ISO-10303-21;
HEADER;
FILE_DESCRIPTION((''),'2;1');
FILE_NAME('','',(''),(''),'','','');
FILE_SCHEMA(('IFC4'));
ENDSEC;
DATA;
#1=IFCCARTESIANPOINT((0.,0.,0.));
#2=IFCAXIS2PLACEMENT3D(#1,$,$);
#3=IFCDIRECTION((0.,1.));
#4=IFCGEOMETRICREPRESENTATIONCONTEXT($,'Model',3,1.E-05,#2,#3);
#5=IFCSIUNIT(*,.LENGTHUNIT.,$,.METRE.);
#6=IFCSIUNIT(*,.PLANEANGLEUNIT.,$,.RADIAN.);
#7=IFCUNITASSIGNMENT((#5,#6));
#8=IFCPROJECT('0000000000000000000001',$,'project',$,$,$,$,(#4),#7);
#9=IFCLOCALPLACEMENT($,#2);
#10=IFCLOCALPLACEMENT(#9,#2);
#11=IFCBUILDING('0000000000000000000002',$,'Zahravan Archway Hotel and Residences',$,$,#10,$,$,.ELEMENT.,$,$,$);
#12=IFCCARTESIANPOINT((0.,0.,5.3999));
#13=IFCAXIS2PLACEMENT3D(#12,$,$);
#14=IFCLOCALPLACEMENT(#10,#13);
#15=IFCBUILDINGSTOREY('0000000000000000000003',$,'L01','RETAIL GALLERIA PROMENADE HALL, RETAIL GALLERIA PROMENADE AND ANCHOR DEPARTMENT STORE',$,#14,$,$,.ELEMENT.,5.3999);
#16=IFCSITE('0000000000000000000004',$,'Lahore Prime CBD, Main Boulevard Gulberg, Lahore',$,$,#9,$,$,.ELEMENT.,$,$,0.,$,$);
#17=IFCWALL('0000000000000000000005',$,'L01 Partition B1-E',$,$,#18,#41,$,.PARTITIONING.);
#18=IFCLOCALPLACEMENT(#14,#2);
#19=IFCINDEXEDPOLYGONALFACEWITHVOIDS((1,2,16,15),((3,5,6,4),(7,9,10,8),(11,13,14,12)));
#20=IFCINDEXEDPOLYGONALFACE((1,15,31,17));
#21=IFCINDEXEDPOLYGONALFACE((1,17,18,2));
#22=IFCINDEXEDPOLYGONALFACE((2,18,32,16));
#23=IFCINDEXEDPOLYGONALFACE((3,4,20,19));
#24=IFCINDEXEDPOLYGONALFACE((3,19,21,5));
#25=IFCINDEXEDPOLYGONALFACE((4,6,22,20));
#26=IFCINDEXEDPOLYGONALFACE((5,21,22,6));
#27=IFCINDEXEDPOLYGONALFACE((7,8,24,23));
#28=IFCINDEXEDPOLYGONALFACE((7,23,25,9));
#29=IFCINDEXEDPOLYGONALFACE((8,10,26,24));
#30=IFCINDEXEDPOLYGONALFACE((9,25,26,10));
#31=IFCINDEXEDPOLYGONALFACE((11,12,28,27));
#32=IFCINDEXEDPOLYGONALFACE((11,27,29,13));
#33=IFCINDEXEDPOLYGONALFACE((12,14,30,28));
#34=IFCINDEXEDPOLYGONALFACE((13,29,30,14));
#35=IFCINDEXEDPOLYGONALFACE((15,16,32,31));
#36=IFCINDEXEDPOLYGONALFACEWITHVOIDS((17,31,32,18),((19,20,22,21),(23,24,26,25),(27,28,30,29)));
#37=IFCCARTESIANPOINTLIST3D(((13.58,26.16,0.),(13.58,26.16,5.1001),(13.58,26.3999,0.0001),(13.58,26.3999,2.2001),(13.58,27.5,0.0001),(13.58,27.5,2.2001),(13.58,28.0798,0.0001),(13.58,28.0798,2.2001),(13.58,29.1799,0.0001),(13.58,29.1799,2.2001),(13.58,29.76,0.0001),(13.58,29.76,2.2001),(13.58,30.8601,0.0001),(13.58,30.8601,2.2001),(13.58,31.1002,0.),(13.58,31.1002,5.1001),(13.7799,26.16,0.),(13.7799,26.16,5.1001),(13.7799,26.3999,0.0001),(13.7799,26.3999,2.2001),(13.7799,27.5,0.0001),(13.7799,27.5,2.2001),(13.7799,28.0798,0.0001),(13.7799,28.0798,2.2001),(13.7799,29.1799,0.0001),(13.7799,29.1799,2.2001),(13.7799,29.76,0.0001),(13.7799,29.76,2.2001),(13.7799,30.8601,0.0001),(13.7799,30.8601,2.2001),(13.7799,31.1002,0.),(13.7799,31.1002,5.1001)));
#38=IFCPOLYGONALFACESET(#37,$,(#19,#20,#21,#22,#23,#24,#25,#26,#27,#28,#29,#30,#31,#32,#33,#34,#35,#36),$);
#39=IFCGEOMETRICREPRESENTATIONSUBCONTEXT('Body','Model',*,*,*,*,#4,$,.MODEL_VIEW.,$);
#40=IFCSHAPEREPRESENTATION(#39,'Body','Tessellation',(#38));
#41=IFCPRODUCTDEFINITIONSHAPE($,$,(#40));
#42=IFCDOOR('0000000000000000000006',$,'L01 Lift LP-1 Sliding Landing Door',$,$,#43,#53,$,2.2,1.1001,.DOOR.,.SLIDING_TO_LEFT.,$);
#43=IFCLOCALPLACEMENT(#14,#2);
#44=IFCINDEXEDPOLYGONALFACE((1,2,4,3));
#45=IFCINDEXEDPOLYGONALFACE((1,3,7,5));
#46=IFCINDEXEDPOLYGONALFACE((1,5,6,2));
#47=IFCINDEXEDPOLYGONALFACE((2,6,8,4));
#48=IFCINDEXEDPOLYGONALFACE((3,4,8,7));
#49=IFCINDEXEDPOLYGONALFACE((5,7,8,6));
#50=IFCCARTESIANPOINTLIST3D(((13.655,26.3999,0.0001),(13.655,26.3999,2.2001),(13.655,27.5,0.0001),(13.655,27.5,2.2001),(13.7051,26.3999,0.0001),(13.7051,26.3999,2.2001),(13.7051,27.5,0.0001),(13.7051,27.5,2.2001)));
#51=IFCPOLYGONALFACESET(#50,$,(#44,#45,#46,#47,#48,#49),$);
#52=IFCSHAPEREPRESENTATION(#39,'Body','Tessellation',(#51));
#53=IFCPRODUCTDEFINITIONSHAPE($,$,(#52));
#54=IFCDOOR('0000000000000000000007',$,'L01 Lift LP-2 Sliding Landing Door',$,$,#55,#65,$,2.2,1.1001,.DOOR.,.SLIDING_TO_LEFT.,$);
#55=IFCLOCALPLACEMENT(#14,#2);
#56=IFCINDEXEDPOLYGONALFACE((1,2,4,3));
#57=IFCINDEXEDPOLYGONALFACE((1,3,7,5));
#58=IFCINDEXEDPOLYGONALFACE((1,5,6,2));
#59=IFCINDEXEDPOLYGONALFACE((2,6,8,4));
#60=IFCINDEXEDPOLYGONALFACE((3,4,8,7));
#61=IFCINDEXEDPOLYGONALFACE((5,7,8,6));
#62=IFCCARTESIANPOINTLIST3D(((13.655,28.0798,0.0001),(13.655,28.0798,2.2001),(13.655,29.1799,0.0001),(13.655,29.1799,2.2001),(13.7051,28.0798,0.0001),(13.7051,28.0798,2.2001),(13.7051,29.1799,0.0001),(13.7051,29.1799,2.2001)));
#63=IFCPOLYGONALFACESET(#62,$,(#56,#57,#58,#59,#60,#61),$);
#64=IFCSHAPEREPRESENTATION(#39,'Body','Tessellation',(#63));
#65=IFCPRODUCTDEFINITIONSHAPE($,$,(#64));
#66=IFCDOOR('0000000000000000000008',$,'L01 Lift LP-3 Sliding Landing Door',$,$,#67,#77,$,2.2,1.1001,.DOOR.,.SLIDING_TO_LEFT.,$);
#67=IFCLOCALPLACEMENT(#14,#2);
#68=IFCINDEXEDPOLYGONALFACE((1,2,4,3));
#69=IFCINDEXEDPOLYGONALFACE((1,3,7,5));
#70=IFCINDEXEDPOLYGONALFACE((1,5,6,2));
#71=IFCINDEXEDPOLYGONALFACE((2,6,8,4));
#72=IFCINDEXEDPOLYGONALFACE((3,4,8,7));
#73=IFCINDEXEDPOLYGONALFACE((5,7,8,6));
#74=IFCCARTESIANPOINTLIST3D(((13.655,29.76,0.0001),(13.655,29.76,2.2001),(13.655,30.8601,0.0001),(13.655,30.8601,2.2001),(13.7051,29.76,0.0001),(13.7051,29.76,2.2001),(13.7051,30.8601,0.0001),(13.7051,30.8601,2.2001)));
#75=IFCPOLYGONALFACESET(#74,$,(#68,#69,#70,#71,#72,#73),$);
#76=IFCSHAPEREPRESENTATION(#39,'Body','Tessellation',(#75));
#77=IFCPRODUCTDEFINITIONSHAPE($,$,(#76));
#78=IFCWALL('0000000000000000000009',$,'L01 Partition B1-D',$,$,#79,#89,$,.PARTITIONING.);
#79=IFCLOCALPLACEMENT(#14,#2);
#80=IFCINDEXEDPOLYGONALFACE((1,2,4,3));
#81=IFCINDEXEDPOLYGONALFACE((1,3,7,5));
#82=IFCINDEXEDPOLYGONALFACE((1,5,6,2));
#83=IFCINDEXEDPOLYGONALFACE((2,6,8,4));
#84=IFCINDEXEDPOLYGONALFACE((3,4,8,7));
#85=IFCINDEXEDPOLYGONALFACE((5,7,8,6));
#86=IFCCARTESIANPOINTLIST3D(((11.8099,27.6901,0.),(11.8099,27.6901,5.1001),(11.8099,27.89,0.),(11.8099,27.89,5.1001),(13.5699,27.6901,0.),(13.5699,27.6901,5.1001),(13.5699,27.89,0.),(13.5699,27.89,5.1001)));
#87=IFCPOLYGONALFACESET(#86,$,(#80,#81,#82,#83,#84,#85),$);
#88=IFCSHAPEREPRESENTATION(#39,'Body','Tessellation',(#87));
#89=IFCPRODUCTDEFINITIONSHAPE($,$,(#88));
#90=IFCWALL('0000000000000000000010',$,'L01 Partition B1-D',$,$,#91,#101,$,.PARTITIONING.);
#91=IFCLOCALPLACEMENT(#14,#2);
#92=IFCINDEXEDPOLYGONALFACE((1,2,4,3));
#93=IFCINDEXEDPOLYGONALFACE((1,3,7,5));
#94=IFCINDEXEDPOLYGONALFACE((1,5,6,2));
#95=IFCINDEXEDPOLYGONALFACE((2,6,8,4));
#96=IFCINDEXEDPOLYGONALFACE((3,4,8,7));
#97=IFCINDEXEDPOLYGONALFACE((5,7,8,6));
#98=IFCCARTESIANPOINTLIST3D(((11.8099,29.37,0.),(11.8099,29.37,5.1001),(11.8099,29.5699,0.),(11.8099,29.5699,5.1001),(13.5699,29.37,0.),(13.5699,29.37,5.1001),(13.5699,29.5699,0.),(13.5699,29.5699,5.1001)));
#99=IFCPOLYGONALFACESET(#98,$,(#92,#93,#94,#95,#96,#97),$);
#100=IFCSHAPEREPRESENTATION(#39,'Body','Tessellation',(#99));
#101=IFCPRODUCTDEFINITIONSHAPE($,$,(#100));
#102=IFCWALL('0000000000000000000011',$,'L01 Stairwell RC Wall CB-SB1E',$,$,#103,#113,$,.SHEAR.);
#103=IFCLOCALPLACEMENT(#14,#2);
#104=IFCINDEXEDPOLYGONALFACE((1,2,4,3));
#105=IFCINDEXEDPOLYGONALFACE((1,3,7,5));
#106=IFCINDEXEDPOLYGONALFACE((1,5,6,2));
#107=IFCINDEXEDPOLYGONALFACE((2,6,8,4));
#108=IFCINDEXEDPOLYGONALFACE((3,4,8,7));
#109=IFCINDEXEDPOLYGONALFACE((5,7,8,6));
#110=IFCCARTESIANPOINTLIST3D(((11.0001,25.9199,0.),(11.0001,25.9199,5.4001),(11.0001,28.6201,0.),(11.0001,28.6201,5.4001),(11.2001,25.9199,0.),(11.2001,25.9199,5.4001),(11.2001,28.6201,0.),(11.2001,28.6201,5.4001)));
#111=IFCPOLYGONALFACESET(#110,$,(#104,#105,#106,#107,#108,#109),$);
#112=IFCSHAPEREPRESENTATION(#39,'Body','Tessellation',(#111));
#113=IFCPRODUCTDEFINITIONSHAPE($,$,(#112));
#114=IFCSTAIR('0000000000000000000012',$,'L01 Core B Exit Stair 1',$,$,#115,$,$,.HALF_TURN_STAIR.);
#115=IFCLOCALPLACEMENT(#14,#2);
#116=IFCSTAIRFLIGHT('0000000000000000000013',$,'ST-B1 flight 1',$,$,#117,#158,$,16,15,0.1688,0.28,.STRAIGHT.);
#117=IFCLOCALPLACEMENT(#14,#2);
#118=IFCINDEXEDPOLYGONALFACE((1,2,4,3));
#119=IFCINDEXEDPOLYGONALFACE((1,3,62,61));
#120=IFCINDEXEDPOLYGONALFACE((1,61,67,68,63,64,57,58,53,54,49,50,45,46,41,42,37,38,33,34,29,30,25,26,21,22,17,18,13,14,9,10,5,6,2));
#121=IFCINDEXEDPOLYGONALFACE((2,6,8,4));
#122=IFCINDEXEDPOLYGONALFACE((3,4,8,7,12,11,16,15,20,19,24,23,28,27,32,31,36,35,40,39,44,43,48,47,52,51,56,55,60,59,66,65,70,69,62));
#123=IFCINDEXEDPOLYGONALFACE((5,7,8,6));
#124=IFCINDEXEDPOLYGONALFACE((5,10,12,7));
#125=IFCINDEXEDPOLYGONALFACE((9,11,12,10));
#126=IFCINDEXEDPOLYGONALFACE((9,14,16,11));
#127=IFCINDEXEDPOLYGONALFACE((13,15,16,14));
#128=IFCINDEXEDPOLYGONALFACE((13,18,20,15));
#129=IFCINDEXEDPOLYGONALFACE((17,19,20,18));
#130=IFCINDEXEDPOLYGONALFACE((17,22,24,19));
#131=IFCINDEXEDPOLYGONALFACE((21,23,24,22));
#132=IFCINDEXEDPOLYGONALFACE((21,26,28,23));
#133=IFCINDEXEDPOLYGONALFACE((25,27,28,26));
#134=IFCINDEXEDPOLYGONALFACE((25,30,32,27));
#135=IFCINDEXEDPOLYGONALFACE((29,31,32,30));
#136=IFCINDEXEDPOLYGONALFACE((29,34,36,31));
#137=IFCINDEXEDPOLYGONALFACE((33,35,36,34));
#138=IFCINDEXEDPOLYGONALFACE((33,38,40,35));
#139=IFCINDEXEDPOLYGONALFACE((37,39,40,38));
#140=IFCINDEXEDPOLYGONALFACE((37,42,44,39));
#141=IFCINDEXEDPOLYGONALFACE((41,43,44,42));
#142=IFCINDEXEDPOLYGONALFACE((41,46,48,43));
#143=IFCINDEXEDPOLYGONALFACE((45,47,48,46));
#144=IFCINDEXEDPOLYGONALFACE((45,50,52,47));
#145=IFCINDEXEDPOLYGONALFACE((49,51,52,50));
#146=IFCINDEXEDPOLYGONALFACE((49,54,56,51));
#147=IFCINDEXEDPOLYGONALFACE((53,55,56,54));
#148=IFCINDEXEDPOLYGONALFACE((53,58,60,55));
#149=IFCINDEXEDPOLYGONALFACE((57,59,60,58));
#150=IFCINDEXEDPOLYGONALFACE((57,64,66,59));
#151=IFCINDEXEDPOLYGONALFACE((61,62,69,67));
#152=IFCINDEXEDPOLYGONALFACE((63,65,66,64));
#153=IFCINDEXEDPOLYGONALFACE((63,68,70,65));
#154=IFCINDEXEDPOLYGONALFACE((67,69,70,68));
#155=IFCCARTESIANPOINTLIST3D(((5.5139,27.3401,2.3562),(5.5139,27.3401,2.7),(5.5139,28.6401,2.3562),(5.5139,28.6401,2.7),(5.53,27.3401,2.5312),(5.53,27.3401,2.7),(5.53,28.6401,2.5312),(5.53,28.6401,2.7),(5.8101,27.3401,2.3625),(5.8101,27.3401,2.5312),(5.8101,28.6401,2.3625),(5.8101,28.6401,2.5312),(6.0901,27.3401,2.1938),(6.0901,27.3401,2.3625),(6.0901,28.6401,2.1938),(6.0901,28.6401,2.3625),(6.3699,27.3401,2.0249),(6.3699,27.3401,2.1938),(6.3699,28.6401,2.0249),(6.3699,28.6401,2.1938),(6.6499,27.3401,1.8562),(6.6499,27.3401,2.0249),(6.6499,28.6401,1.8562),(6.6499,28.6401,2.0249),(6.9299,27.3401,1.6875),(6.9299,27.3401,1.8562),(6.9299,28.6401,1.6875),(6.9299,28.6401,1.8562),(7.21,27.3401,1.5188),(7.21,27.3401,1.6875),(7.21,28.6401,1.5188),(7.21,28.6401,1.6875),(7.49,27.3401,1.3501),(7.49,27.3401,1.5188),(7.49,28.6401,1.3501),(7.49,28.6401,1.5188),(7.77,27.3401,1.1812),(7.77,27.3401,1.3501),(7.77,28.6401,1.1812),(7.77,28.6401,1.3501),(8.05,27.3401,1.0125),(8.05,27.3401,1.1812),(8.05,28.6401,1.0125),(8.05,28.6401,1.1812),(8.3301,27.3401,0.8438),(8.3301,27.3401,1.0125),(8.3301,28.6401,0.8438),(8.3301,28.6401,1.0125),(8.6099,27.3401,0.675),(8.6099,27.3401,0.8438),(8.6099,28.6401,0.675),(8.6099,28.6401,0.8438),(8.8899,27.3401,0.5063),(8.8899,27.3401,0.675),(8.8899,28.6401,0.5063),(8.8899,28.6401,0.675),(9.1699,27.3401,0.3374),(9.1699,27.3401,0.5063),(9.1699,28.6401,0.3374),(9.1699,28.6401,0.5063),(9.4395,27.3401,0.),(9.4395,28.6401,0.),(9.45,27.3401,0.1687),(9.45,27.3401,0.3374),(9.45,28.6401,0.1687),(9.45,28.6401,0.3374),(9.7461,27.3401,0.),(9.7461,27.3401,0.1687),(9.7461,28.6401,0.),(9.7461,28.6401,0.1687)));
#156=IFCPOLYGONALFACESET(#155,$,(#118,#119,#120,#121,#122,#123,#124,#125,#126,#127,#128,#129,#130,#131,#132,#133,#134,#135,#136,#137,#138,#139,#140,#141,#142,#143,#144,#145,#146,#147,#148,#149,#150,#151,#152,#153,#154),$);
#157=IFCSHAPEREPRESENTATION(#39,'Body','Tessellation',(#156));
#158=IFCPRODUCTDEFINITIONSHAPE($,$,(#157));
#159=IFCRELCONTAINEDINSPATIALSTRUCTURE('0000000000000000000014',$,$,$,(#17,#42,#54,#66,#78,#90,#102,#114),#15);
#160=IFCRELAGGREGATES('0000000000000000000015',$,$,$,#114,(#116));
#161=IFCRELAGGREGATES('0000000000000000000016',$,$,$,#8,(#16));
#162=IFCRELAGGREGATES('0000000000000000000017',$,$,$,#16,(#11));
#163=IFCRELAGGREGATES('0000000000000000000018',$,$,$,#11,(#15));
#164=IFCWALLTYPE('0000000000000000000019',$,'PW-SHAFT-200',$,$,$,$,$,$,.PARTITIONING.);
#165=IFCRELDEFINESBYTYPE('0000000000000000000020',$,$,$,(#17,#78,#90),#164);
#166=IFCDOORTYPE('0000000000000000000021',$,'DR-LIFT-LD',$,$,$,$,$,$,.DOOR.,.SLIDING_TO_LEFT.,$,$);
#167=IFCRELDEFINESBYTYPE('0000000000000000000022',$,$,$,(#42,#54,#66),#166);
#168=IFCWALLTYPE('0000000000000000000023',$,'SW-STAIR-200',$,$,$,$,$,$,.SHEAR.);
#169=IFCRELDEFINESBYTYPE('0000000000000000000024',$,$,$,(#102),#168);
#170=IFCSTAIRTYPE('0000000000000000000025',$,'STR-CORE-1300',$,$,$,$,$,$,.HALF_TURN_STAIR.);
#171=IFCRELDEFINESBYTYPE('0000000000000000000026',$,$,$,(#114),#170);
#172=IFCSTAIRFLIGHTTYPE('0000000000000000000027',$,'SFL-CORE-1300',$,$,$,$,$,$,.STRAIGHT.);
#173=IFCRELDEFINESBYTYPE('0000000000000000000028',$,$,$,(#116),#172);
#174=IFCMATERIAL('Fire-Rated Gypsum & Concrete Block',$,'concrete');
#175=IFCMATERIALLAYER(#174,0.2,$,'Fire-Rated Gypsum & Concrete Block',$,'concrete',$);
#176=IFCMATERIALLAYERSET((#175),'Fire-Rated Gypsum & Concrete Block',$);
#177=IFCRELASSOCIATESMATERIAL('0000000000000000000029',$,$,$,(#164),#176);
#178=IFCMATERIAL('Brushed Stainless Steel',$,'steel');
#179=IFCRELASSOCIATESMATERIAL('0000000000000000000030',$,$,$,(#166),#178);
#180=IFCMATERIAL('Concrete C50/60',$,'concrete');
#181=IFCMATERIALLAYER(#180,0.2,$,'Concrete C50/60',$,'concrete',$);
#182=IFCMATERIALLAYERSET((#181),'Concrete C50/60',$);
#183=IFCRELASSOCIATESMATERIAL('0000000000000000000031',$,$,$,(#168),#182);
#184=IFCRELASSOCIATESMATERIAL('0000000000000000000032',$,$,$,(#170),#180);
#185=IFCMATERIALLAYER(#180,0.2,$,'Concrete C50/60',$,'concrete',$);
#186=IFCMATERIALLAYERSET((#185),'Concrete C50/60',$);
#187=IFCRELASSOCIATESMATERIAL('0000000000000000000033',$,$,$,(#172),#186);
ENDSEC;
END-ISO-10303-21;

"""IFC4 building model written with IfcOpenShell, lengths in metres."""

from ifc_helpers import new_model, si_unit, direction, frame, frame_2d, origin, place, context, subcontext, project, spatial, polyline, rectangle, outline, extrude, source, transform, mapped, material, layer, layer_set, type_object, type_shapes, element, fill, aggregate, save


model = new_model("IFC4")

# Units and contexts
model_context = context("Model", 3, precision=1e-05, world=origin(), true_north=direction((0.0, 1.0)))
body_context = subcontext(model_context, "Body", "Model", "MODEL_VIEW")
ifc_project = project(units=[si_unit("LENGTHUNIT", "METRE"), si_unit("PLANEANGLEUNIT", "RADIAN")], contexts=[model_context])

# Site, building, storey
site_placement = place(None, origin())
site = spatial("IfcSite", under=ifc_project, at=site_placement, Name="Lahore Prime CBD, Main Boulevard Gulberg, Lahore", CompositionType="ELEMENT", RefElevation=0.0)
building_placement = place(site_placement, origin())
building = spatial("IfcBuilding", under=site, at=building_placement, Name="Zahravan Archway Hotel and Residences", CompositionType="ELEMENT")
storey_placement = place(building_placement, frame((0.0, 0.0, 5.3999)))
storey = spatial("IfcBuildingStorey", under=building, at=storey_placement, Name="L01", Description="RETAIL GALLERIA PROMENADE HALL, RETAIL GALLERIA PROMENADE AND ANCHOR DEPARTMENT STORE", CompositionType="ELEMENT", Elevation=5.3999)

# Shared definitions
ifc_material_1 = material(Name="Fire-Rated Gypsum & Concrete Block", Category="concrete")
ifc_layer_1 = layer(ifc_material_1, 0.2, Name="Fire-Rated Gypsum & Concrete Block", Category="concrete")
ifc_layer_set_1 = layer_set([ifc_layer_1], Name="Fire-Rated Gypsum & Concrete Block")
wall_type_1 = type_object("IfcWallType", Name="PW-SHAFT-200", PredefinedType="PARTITIONING", material=ifc_layer_set_1)
ifc_material_2 = material(Name="Brushed Stainless Steel", Category="steel")
door_type_1 = type_object("IfcDoorType", Name="DR-LIFT-LD", OperationType="SLIDING_TO_LEFT", PredefinedType="DOOR", material=ifc_material_2)
shared_shape_1 = source(origin(), body_context, "Body", "SweptSolid", [
    extrude(rectangle(XDim=1.1001, YDim=2.2, at=frame_2d((0.55, 1.1001))), frame((0.0, 0.0249, 0.0), z_axis=(0.0, -1.0, 0.0), x_axis=(1.0, 0.0, 0.0)), (0.0, 0.0, 1.0), 0.05),
])
type_shapes(door_type_1, [shared_shape_1])

# Wall, openings, doors
wall_1_placement = place(storey_placement, frame((13.6799, 26.1599, 0.0), z_axis=(0.0, 0.0, 1.0), x_axis=(0.0, 1.0, 0.0)))
wall_1 = element("IfcWall", 1, at=wall_1_placement, inside=storey, type_object=wall_type_1, Name="L01 Partition B1-E", PredefinedType="PARTITIONING", context=body_context, shape_type="SweptSolid", body=[
    extrude(rectangle(XDim=4.9402, YDim=0.2, at=frame_2d((2.4702, 0.0))), origin(), (0.0, 0.0, 1.0), 5.1001),
])
opening_1_placement = place(wall_1_placement, frame((0.24, 0.0, 0.0)))
opening_1 = element("IfcOpeningElement", 2, at=opening_1_placement, cuts=wall_1, PredefinedType="OPENING", context=body_context, shape_type="SweptSolid", body=[
    extrude(rectangle(XDim=1.1001, YDim=2.2, at=frame_2d((0.55, 1.1001))), frame((0.0, 0.1099, 0.0), z_axis=(0.0, -1.0, 0.0), x_axis=(1.0, 0.0, 0.0)), (0.0, 0.0, 1.0), 0.22),
])
opening_2_placement = place(wall_1_placement, frame((1.9199, 0.0, 0.0)))
opening_2 = element("IfcOpeningElement", 3, at=opening_2_placement, cuts=wall_1, PredefinedType="OPENING", context=body_context, shape_type="SweptSolid", body=[
    extrude(rectangle(XDim=1.1001, YDim=2.2, at=frame_2d((0.55, 1.1001))), frame((0.0, 0.1099, 0.0), z_axis=(0.0, -1.0, 0.0), x_axis=(1.0, 0.0, 0.0)), (0.0, 0.0, 1.0), 0.22),
])
opening_3_placement = place(wall_1_placement, frame((3.6001, 0.0, 0.0)))
opening_3 = element("IfcOpeningElement", 4, at=opening_3_placement, cuts=wall_1, PredefinedType="OPENING", context=body_context, shape_type="SweptSolid", body=[
    extrude(rectangle(XDim=1.1001, YDim=2.2, at=frame_2d((0.55, 1.1001))), frame((0.0, 0.1099, 0.0), z_axis=(0.0, -1.0, 0.0), x_axis=(1.0, 0.0, 0.0)), (0.0, 0.0, 1.0), 0.22),
])
door_1_placement = place(opening_1_placement, origin())
door_1 = element("IfcDoor", 5, at=door_1_placement, inside=storey, type_object=door_type_1, Name="L01 Lift LP-1 Sliding Landing Door", OperationType="SLIDING_TO_LEFT", OverallHeight=2.2, OverallWidth=1.1001, PredefinedType="DOOR", context=body_context, shape_type="MappedRepresentation", body=[
    mapped(shared_shape_1, transform((0.0, 0.0, 0.0), scale=1.0)),
])
fill(opening_1, door_1)
door_2_placement = place(opening_2_placement, origin())
door_2 = element("IfcDoor", 6, at=door_2_placement, inside=storey, type_object=door_type_1, Name="L01 Lift LP-2 Sliding Landing Door", OperationType="SLIDING_TO_LEFT", OverallHeight=2.2, OverallWidth=1.1001, PredefinedType="DOOR", context=body_context, shape_type="MappedRepresentation", body=[
    mapped(shared_shape_1, transform((0.0, 0.0, 0.0), scale=1.0)),
])
fill(opening_2, door_2)
door_3_placement = place(opening_3_placement, origin())
door_3 = element("IfcDoor", 7, at=door_3_placement, inside=storey, type_object=door_type_1, Name="L01 Lift LP-3 Sliding Landing Door", OperationType="SLIDING_TO_LEFT", OverallHeight=2.2, OverallWidth=1.1001, PredefinedType="DOOR", context=body_context, shape_type="MappedRepresentation", body=[
    mapped(shared_shape_1, transform((0.0, 0.0, 0.0), scale=1.0)),
])
fill(opening_3, door_3)

# Walls
for number, where, z_axis, x_axis, name in (
    (8, (11.8101, 27.79, 0.0), (0.0, 0.0, 1.0), (1.0, 0.0, 0.0), "L01 Partition B1-D"),
    (9, (11.8101, 29.47, 0.0), (0.0, 0.0, 1.0), (1.0, 0.0, 0.0), "L01 Partition B1-D"),
):
    element("IfcWall", number, at=place(storey_placement, frame(where, z_axis=z_axis, x_axis=x_axis)), inside=storey, type_object=wall_type_1, Name=name, PredefinedType="PARTITIONING", context=body_context, shape_type="SweptSolid", body=[
        extrude(rectangle(XDim=1.76, YDim=0.2, at=frame_2d((0.8799, 0.0))), origin(), (0.0, 0.0, 1.0), 5.1001),
    ])
ifc_material_3 = material(Name="Concrete C50/60", Category="concrete")
ifc_layer_2 = layer(ifc_material_3, 0.2, Name="Concrete C50/60", Category="concrete")
ifc_layer_set_2 = layer_set([ifc_layer_2], Name="Concrete C50/60")
wall_type_2 = type_object("IfcWallType", Name="SW-STAIR-200", PredefinedType="SHEAR", material=ifc_layer_set_2)
wall_2_placement = place(storey_placement, frame((11.1001, 25.9199, 0.0), z_axis=(0.0, 0.0, 1.0), x_axis=(0.0, 1.0, 0.0)))
element("IfcWall", 10, at=wall_2_placement, inside=storey, type_object=wall_type_2, Name="L01 Stairwell RC Wall CB-SB1E", PredefinedType="SHEAR", context=body_context, shape_type="SweptSolid", body=[
    extrude(rectangle(XDim=2.7002, YDim=0.2, at=frame_2d((1.3501, 0.0))), origin(), (0.0, 0.0, 1.0), 5.4001),
])

# Stair, stair flight
stair_type = type_object("IfcStairType", Name="STR-CORE-1300", PredefinedType="HALF_TURN_STAIR", material=ifc_material_3)
stair_placement = place(storey_placement, origin())
stair = element("IfcStair", 11, at=stair_placement, inside=storey, type_object=stair_type, Name="L01 Core B Exit Stair 1", PredefinedType="HALF_TURN_STAIR")
ifc_layer_3 = layer(ifc_material_3, 0.2, Name="Concrete C50/60", Category="concrete")
ifc_layer_set_3 = layer_set([ifc_layer_3], Name="Concrete C50/60")
stair_flight_type = type_object("IfcStairFlightType", Name="SFL-CORE-1300", PredefinedType="STRAIGHT", material=ifc_layer_set_3)
shared_shape_2 = source(origin(), body_context, "Body", "SweptSolid", [
    extrude(outline(polyline([(-0.0161, 0.0), (-0.0161, 0.1687), (0.28, 0.1687), (0.28, 0.3374), (0.5601, 0.3374), (0.5601, 0.5063), (0.8401, 0.5063), (0.8401, 0.675), (1.1201, 0.675), (1.1201, 0.8438), (1.3999, 0.8438), (1.3999, 1.0125), (1.6799, 1.0125), (1.6799, 1.1812), (1.96, 1.1812), (1.96, 1.3501), (2.24, 1.3501), (2.24, 1.5188), (2.52, 1.5188), (2.52, 1.6875), (2.8, 1.6875), (2.8, 1.8562), (3.0801, 1.8562), (3.0801, 2.0249), (3.3601, 2.0249), (3.3601, 2.1938), (3.6399, 2.1938), (3.6399, 2.3625), (3.9199, 2.3625), (3.9199, 2.5312), (4.2, 2.5312), (4.2, 2.7), (4.2161, 2.7), (4.2161, 2.3562), (0.2905, 0.0), (-0.0161, 0.0)])), frame((0.0, 0.6499, 0.0), z_axis=(0.0, -1.0, 0.0), x_axis=(1.0, 0.0, 0.0)), (0.0, 0.0, 1.0), 1.3),
])
stair_flight_1_placement = place(storey_placement, frame((9.73, 27.99, 0.0), z_axis=(0.0, 0.0, 1.0), x_axis=(-1.0, 0.0, 0.0)))
stair_flight_1 = element("IfcStairFlight", 12, at=stair_flight_1_placement, type_object=stair_flight_type, Name="ST-B1 flight 1", NumberOfRisers=16, NumberOfTreads=15, PredefinedType="STRAIGHT", RiserHeight=0.1688, TreadLength=0.28, context=body_context, shape_type="MappedRepresentation", body=[
    mapped(shared_shape_2, transform((0.0, 0.0, 0.0), scale=1.0)),
])
aggregate(stair, [stair_flight_1])

save(model, "model.ifc")
